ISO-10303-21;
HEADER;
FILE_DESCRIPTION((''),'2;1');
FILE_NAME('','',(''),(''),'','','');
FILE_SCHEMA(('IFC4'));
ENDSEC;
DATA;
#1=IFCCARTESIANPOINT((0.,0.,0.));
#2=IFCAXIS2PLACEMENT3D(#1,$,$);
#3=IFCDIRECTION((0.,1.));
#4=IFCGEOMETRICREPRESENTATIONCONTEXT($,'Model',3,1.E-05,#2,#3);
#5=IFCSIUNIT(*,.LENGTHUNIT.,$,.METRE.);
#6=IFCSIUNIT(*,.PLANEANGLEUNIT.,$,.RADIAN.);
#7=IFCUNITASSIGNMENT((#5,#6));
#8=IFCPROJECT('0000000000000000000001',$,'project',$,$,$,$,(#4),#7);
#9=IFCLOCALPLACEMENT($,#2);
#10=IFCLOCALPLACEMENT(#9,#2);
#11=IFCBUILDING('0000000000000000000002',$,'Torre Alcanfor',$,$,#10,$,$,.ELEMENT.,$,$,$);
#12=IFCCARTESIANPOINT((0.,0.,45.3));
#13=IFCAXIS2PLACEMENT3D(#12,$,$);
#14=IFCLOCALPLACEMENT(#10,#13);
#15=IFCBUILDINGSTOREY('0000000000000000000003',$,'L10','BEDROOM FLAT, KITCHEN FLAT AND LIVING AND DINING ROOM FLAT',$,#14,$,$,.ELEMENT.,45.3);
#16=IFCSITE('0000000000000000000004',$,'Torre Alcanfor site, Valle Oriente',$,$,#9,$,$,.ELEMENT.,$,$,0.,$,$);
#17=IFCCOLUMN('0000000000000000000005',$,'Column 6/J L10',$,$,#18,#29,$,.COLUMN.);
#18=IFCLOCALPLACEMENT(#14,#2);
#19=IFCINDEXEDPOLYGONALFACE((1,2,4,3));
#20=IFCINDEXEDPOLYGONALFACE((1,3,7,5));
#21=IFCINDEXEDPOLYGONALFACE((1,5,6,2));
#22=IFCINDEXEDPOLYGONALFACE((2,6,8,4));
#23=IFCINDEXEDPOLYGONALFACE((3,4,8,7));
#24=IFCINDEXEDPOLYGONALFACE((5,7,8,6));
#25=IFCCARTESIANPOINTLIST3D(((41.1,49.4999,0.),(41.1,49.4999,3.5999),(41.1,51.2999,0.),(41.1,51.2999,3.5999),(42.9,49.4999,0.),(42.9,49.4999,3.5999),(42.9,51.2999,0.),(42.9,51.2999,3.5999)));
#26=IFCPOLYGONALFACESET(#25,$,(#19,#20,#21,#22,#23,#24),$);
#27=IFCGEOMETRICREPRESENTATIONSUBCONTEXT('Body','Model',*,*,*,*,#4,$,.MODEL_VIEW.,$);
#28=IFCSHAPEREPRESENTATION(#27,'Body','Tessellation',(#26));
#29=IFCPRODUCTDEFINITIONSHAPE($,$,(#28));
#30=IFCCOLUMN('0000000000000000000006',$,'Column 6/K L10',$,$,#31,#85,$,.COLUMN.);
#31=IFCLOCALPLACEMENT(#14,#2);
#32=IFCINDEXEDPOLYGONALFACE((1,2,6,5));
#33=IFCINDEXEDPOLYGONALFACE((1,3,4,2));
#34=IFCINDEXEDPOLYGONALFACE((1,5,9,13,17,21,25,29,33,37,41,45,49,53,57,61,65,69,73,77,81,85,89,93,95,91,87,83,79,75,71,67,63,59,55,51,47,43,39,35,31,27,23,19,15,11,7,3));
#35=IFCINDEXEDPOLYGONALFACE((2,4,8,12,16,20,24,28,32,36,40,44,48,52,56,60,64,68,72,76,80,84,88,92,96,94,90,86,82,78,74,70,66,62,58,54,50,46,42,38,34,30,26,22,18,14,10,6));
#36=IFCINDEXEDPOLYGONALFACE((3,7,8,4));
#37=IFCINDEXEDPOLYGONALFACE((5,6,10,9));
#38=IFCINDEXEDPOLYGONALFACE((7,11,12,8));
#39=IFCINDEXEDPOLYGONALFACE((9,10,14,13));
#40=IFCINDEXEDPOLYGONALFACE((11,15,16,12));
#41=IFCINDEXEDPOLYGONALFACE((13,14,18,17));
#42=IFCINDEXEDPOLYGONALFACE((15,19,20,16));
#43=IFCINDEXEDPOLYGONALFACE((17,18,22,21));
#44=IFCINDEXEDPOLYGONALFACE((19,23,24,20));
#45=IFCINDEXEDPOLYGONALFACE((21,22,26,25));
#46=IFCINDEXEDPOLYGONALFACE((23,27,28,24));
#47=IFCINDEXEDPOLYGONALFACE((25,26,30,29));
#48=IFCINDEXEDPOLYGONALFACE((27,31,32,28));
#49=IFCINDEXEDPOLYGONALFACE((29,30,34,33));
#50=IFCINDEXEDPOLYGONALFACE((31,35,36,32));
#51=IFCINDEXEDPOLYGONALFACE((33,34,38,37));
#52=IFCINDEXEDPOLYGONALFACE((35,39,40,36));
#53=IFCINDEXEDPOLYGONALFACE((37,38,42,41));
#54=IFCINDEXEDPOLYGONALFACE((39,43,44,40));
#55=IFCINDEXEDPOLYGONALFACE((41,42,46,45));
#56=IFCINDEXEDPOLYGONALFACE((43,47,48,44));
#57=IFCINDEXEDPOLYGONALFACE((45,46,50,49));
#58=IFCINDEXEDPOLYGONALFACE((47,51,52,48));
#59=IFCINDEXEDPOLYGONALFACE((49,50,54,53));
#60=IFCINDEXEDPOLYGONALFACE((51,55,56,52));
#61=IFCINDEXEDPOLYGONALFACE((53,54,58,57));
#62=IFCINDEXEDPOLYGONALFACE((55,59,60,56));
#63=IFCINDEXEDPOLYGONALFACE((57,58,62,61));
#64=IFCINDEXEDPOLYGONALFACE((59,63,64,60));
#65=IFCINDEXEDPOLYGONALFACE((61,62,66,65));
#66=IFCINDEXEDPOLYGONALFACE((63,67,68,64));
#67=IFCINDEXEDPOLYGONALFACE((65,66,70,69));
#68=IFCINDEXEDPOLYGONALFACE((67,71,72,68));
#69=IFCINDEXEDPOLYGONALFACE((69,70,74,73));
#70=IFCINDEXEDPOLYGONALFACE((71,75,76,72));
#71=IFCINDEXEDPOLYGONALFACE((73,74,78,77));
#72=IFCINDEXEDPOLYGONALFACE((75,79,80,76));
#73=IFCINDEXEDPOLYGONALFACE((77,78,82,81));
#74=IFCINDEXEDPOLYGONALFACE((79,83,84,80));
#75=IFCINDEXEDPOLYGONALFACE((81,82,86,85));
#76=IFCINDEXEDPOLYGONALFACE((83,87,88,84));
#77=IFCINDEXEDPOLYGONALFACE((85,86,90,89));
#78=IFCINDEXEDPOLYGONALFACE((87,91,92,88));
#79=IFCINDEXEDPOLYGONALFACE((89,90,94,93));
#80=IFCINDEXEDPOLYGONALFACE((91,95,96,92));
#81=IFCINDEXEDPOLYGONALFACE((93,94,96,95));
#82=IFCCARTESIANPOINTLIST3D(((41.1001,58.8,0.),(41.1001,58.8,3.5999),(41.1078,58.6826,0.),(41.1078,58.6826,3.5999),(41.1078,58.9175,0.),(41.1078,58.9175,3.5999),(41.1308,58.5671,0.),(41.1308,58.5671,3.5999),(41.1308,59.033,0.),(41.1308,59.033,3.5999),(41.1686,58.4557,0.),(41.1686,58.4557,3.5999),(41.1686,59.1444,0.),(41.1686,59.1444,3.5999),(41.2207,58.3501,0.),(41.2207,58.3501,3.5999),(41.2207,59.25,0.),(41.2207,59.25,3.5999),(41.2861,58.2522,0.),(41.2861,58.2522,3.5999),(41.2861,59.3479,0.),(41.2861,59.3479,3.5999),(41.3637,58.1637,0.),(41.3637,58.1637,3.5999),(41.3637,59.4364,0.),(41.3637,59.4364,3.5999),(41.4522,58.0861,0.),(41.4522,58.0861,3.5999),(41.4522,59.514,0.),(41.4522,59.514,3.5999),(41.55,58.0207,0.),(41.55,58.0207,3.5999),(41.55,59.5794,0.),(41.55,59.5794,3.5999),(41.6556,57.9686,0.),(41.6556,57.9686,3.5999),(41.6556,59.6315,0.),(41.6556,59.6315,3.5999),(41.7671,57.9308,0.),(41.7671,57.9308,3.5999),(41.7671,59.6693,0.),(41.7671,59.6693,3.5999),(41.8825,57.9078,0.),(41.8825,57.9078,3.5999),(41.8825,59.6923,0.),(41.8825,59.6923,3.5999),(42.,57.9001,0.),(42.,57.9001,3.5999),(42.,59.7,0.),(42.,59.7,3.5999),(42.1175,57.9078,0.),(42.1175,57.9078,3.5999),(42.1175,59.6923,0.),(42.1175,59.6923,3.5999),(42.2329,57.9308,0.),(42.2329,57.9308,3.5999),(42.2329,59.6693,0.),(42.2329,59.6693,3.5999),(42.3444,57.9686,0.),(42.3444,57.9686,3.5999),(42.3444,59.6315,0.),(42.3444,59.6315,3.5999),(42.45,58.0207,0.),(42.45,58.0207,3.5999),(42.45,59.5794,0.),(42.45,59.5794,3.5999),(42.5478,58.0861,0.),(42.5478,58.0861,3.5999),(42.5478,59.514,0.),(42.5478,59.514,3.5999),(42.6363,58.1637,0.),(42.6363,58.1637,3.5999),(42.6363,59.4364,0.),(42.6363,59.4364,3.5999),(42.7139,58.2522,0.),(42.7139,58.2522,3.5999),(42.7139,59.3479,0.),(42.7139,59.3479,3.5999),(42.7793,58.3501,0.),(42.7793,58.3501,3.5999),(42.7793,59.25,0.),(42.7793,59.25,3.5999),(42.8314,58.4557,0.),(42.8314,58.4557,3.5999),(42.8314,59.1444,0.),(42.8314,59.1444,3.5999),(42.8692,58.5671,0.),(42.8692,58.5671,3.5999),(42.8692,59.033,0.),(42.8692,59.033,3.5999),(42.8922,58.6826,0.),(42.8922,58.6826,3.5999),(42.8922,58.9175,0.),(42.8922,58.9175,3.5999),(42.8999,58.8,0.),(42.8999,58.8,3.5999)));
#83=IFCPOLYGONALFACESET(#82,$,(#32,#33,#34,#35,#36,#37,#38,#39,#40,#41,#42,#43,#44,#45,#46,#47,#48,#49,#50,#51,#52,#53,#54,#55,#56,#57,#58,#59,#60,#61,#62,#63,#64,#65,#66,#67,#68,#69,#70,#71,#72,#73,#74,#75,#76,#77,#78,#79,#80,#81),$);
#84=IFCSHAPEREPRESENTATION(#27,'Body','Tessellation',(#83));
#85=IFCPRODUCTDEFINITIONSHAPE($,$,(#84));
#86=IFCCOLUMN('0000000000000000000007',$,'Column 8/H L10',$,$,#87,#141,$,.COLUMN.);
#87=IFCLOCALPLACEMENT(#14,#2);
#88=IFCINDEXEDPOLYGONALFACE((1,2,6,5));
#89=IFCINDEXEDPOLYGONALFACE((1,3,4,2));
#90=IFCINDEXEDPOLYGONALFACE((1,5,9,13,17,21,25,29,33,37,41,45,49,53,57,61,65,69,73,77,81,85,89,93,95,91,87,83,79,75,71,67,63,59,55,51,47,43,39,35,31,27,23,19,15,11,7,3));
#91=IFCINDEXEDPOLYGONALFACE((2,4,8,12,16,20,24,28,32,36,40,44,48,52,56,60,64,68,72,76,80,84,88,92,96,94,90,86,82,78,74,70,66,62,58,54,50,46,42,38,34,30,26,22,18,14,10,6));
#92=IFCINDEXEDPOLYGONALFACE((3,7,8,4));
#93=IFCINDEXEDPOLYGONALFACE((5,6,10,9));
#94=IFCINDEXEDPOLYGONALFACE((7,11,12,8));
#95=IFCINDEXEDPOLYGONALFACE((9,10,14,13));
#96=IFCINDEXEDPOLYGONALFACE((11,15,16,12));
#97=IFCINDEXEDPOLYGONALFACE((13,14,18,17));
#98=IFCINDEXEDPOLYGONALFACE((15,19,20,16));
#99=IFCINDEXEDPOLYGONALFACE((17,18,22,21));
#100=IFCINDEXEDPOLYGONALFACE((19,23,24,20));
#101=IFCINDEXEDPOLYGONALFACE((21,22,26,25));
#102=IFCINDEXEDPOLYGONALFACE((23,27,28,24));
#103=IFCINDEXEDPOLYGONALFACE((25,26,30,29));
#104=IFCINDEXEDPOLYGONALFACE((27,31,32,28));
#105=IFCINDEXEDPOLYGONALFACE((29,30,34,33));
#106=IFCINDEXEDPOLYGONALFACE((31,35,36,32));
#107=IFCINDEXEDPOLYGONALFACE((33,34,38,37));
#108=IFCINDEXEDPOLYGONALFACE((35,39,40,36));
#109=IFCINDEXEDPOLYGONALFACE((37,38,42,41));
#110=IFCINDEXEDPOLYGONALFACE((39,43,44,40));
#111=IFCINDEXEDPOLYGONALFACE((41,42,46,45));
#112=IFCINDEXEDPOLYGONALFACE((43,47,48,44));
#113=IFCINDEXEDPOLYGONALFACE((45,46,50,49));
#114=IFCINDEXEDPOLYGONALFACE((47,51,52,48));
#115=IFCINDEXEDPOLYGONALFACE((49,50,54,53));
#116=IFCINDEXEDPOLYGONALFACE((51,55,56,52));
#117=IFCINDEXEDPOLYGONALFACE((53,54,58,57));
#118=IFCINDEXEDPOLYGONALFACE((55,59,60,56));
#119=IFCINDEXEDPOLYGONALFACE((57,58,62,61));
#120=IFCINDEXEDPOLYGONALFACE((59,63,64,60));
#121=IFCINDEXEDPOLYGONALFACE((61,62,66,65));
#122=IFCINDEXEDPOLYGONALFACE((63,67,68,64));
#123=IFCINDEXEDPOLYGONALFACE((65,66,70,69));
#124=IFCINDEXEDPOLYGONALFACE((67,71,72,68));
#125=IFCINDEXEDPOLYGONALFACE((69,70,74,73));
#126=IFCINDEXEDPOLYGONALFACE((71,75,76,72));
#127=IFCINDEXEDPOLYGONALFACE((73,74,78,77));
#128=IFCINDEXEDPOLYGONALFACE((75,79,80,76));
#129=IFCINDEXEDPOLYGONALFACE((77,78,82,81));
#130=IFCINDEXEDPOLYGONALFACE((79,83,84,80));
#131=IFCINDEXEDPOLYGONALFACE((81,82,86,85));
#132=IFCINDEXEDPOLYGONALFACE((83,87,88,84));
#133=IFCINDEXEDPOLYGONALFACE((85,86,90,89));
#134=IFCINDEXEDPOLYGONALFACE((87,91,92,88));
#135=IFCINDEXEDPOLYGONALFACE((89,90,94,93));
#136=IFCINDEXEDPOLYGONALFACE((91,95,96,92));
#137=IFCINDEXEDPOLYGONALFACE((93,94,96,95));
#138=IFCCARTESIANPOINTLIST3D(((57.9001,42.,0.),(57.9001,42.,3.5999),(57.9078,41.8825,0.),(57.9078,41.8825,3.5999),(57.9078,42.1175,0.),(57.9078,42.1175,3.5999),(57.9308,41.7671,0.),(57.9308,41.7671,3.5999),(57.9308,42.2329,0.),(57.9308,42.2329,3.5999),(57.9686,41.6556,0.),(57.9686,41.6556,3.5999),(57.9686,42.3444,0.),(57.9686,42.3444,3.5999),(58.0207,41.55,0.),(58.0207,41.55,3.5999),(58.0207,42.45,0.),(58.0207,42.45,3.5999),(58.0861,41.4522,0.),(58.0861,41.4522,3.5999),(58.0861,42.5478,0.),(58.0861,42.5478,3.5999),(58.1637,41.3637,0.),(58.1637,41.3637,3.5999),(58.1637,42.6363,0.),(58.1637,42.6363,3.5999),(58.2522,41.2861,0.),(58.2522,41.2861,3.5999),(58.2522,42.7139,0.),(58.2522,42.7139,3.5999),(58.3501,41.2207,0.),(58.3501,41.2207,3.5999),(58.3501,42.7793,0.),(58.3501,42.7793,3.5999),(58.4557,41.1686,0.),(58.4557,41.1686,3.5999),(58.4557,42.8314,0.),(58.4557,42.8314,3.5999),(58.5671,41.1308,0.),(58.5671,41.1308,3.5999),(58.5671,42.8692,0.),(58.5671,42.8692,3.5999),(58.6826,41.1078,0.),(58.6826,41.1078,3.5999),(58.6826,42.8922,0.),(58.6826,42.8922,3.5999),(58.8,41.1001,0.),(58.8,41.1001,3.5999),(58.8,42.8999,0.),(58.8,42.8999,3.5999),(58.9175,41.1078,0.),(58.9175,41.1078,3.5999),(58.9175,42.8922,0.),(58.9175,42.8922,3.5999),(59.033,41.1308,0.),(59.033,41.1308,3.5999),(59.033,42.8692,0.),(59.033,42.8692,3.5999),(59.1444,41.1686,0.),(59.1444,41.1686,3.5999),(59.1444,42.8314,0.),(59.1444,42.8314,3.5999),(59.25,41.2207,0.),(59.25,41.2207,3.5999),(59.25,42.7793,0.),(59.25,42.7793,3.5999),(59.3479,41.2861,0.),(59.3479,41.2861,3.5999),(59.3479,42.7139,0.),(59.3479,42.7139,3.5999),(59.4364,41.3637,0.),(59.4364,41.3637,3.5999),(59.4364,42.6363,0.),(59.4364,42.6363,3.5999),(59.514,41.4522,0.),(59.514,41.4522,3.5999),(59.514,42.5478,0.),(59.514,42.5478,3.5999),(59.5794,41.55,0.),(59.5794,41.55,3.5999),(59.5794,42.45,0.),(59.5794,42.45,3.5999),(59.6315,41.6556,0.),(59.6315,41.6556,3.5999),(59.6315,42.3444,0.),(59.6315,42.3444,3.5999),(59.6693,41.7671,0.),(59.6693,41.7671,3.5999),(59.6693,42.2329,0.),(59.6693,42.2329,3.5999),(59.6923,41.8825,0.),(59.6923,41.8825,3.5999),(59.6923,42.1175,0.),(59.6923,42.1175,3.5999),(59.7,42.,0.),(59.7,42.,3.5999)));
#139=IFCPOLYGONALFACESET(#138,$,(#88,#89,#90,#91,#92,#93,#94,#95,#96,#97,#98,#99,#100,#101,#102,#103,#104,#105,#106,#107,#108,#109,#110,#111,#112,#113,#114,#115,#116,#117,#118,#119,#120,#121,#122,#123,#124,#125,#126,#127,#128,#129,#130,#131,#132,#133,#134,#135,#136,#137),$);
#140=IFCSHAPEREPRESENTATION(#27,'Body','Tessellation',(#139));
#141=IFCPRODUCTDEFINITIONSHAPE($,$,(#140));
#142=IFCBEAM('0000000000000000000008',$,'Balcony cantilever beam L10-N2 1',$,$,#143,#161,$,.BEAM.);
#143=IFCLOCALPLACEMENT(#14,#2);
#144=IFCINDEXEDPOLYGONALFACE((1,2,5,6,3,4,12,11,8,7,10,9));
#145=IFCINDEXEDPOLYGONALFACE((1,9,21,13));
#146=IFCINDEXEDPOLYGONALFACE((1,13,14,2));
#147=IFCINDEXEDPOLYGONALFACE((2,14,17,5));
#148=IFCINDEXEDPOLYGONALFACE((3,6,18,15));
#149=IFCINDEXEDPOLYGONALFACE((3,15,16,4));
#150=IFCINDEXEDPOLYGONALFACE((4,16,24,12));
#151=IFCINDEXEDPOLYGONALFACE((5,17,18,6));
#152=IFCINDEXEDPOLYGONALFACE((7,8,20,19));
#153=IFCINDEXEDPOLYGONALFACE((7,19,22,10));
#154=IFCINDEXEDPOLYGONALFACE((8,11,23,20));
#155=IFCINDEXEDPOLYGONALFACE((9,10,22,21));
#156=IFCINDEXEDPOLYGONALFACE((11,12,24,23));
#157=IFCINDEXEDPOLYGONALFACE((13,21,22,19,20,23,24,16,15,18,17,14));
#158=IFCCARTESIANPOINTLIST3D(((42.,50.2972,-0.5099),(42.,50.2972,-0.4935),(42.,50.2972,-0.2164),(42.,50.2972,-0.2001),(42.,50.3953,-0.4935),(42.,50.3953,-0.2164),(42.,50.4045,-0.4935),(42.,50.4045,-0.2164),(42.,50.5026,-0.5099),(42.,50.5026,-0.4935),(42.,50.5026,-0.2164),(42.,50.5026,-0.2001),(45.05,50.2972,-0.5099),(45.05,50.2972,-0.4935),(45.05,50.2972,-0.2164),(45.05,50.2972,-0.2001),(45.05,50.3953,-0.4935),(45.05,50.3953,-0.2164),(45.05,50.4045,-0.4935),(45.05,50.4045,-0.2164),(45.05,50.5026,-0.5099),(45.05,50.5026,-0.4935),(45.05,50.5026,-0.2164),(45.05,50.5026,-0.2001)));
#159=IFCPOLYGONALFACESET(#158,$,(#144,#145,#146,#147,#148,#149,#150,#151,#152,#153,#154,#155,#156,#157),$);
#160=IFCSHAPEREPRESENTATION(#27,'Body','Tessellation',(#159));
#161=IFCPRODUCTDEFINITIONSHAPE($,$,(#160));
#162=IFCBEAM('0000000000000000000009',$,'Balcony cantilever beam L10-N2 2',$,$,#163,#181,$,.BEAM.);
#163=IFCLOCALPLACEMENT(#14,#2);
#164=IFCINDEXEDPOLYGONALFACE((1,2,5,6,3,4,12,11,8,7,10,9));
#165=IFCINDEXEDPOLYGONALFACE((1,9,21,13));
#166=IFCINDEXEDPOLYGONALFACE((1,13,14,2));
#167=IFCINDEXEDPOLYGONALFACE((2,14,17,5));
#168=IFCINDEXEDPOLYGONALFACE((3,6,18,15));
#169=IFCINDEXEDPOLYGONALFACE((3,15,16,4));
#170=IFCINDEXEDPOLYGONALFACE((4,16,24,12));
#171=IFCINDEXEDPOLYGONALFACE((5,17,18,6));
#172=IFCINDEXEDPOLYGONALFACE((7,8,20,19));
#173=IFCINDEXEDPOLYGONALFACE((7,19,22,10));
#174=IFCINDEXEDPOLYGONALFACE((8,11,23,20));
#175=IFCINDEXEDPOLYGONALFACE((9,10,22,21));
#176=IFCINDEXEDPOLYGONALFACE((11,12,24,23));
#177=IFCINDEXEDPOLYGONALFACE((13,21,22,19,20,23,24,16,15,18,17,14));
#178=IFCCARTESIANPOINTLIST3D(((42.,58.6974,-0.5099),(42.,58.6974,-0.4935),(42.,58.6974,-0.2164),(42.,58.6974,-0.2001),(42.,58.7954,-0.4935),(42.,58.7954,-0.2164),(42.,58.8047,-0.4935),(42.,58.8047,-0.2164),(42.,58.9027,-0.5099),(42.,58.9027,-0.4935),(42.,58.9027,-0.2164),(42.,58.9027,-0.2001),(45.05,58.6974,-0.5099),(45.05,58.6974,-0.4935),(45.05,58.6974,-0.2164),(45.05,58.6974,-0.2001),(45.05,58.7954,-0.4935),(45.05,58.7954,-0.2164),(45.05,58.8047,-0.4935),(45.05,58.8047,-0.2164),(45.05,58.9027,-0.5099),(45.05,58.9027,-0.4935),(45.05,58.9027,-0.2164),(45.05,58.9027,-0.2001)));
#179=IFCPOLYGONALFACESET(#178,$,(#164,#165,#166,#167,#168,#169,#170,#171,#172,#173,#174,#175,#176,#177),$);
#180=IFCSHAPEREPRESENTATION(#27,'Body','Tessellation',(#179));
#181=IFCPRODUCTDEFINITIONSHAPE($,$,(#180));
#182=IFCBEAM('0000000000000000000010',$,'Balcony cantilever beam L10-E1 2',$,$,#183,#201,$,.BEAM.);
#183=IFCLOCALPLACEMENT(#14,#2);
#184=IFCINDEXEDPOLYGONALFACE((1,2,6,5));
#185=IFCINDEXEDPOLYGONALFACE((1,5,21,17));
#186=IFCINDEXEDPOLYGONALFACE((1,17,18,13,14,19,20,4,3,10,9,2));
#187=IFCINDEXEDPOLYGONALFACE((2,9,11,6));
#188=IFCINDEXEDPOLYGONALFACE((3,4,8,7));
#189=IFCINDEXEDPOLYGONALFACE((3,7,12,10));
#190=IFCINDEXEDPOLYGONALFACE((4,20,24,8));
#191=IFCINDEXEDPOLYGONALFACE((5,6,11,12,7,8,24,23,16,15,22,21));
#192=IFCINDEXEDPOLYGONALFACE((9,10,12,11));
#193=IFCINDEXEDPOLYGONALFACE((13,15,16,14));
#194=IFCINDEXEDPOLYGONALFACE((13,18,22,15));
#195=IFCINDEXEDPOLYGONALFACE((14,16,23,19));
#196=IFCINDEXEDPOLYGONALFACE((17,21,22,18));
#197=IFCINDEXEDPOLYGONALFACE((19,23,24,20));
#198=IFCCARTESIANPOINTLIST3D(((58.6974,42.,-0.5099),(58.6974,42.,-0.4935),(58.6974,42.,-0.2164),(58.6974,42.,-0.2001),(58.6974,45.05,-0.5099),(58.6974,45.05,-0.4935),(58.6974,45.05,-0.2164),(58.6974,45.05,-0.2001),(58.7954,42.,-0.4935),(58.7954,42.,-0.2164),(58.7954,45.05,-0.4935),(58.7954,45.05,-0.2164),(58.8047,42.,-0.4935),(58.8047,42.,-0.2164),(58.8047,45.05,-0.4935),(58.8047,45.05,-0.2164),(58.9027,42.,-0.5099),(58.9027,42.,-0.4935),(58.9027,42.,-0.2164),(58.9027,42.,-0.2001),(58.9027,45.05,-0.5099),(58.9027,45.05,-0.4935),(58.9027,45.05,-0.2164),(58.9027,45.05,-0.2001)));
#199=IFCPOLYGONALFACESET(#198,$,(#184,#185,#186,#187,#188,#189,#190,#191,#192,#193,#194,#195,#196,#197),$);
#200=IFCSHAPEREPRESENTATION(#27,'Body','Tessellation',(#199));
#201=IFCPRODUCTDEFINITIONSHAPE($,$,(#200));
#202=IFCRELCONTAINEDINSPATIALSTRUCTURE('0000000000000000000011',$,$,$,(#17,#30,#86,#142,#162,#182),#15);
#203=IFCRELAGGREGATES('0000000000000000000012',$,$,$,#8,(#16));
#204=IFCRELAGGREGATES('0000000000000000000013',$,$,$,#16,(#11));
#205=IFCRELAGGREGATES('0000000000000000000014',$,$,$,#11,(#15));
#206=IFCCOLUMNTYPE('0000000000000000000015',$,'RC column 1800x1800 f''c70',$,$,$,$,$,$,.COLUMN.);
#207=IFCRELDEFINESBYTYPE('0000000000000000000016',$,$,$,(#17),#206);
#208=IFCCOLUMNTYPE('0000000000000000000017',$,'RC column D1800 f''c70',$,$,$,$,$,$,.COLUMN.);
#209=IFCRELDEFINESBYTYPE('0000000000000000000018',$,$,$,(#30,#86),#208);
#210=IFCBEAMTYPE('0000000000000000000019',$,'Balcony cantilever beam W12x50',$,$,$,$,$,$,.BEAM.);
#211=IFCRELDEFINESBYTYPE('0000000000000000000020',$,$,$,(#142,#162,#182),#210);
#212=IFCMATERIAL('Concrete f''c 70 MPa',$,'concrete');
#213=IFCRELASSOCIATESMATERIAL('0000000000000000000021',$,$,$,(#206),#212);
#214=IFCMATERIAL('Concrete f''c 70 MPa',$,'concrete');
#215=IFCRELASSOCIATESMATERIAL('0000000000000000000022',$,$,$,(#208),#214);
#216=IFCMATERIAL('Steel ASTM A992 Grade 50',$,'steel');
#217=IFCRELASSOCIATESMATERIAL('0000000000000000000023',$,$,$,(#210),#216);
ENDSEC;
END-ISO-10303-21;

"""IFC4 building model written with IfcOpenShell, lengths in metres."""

from ifc_helpers import new_model, si_unit, direction, frame, origin, origin_2d, place, context, subcontext, project, spatial, rectangle, circle, i_section, extrude, material, material_profile, profile_set, type_object, element, save


model = new_model("IFC4")

# Units and contexts
model_context = context("Model", 3, precision=1e-05, world=origin(), true_north=direction((0.0, 1.0)))
body_context = subcontext(model_context, "Body", "Model", "MODEL_VIEW")
ifc_project = project(units=[si_unit("LENGTHUNIT", "METRE"), si_unit("PLANEANGLEUNIT", "RADIAN")], contexts=[model_context])

# Site, building, storey
site_placement = place(None, origin())
site = spatial("IfcSite", under=ifc_project, at=site_placement, Name="Torre Alcanfor site, Valle Oriente", CompositionType="ELEMENT", RefElevation=0.0)
building_placement = place(site_placement, origin())
building = spatial("IfcBuilding", under=site, at=building_placement, Name="Torre Alcanfor", CompositionType="ELEMENT")
storey_placement = place(building_placement, frame((0.0, 0.0, 45.3)))
storey = spatial("IfcBuildingStorey", under=building, at=storey_placement, Name="L10", Description="BEDROOM FLAT, KITCHEN FLAT AND LIVING AND DINING ROOM FLAT", CompositionType="ELEMENT", Elevation=45.3)

# Columns
ifc_material_1 = material(Name="Concrete f'c 70 MPa", Category="concrete")
ifc_material_profile_1 = material_profile(ifc_material_1, rectangle(XDim=1.8, YDim=1.8, at=origin_2d()), Name="1800x1800")
ifc_profile_set_1 = profile_set([ifc_material_profile_1], Name="Concrete f'c 70 MPa")
column_type_1 = type_object("IfcColumnType", Name="RC column 1800x1800 f'c70", PredefinedType="COLUMN", material=ifc_profile_set_1)
column_placement = place(storey_placement, frame((42.0, 50.3999, 0.0), z_axis=(0.0, 0.0, 1.0), x_axis=(1.0, 0.0, 0.0)))
element("IfcColumn", 1, at=column_placement, inside=storey, type_object=column_type_1, Name="Column 6/J L10", PredefinedType="COLUMN", context=body_context, shape_type="SweptSolid", body=[
    extrude(rectangle(XDim=1.8, YDim=1.8, at=origin_2d()), origin(), (0.0, 0.0, 1.0), 3.5999),
])
ifc_material_2 = material(Name="Concrete f'c 70 MPa", Category="concrete")
ifc_material_profile_2 = material_profile(ifc_material_2, circle(Radius=0.8999, at=origin_2d()), Name="D1800")
ifc_profile_set_2 = profile_set([ifc_material_profile_2], Name="Concrete f'c 70 MPa")
column_type_2 = type_object("IfcColumnType", Name="RC column D1800 f'c70", PredefinedType="COLUMN", material=ifc_profile_set_2)
for number, where, z_axis, x_axis, name in (
    (2, (42.0, 58.8, 0.0), (0.0, 0.0, 1.0), (1.0, 0.0, 0.0), "Column 6/K L10"),
    (3, (58.8, 42.0, 0.0), (0.0, 0.0, 1.0), (1.0, 0.0, 0.0), "Column 8/H L10"),
):
    element("IfcColumn", number, at=place(storey_placement, frame(where, z_axis=z_axis, x_axis=x_axis)), inside=storey, type_object=column_type_2, Name=name, PredefinedType="COLUMN", context=body_context, shape_type="SweptSolid", body=[
        extrude(circle(Radius=0.8999, at=origin_2d()), origin(), (0.0, 0.0, 1.0), 3.5999),
    ])

# Beams
ifc_material_3 = material(Name="Steel ASTM A992 Grade 50", Category="steel")
ifc_material_profile_3 = material_profile(ifc_material_3, i_section(OverallWidth=0.2053, OverallDepth=0.3098, WebThickness=0.0093, FlangeThickness=0.0164, at=origin_2d()), Name="W12x50")
ifc_profile_set_3 = profile_set([ifc_material_profile_3], Name="Steel ASTM A992 Grade 50")
beam_type_1 = type_object("IfcBeamType", Name="Balcony cantilever beam W12x50", PredefinedType="BEAM", material=ifc_profile_set_3)
for number, where, z_axis, x_axis, name in (
    (4, (42.0, 50.3999, -0.355), (1.0, 0.0, 0.0), (0.0, 1.0, 0.0), "Balcony cantilever beam L10-N2 1"),
    (5, (42.0, 58.8, -0.355), (1.0, 0.0, 0.0), (0.0, 1.0, 0.0), "Balcony cantilever beam L10-N2 2"),
    (6, (58.8, 42.0, -0.355), (0.0, 1.0, 0.0), (-1.0, 0.0, 0.0), "Balcony cantilever beam L10-E1 2"),
):
    element("IfcBeam", number, at=place(storey_placement, frame(where, z_axis=z_axis, x_axis=x_axis)), inside=storey, type_object=beam_type_1, Name=name, PredefinedType="BEAM", context=body_context, shape_type="SweptSolid", body=[
        extrude(i_section(OverallWidth=0.2053, OverallDepth=0.3098, WebThickness=0.0093, FlangeThickness=0.0164, at=origin_2d()), origin(), (0.0, 0.0, 1.0), 3.05),
    ])

save(model, "model.ifc")
